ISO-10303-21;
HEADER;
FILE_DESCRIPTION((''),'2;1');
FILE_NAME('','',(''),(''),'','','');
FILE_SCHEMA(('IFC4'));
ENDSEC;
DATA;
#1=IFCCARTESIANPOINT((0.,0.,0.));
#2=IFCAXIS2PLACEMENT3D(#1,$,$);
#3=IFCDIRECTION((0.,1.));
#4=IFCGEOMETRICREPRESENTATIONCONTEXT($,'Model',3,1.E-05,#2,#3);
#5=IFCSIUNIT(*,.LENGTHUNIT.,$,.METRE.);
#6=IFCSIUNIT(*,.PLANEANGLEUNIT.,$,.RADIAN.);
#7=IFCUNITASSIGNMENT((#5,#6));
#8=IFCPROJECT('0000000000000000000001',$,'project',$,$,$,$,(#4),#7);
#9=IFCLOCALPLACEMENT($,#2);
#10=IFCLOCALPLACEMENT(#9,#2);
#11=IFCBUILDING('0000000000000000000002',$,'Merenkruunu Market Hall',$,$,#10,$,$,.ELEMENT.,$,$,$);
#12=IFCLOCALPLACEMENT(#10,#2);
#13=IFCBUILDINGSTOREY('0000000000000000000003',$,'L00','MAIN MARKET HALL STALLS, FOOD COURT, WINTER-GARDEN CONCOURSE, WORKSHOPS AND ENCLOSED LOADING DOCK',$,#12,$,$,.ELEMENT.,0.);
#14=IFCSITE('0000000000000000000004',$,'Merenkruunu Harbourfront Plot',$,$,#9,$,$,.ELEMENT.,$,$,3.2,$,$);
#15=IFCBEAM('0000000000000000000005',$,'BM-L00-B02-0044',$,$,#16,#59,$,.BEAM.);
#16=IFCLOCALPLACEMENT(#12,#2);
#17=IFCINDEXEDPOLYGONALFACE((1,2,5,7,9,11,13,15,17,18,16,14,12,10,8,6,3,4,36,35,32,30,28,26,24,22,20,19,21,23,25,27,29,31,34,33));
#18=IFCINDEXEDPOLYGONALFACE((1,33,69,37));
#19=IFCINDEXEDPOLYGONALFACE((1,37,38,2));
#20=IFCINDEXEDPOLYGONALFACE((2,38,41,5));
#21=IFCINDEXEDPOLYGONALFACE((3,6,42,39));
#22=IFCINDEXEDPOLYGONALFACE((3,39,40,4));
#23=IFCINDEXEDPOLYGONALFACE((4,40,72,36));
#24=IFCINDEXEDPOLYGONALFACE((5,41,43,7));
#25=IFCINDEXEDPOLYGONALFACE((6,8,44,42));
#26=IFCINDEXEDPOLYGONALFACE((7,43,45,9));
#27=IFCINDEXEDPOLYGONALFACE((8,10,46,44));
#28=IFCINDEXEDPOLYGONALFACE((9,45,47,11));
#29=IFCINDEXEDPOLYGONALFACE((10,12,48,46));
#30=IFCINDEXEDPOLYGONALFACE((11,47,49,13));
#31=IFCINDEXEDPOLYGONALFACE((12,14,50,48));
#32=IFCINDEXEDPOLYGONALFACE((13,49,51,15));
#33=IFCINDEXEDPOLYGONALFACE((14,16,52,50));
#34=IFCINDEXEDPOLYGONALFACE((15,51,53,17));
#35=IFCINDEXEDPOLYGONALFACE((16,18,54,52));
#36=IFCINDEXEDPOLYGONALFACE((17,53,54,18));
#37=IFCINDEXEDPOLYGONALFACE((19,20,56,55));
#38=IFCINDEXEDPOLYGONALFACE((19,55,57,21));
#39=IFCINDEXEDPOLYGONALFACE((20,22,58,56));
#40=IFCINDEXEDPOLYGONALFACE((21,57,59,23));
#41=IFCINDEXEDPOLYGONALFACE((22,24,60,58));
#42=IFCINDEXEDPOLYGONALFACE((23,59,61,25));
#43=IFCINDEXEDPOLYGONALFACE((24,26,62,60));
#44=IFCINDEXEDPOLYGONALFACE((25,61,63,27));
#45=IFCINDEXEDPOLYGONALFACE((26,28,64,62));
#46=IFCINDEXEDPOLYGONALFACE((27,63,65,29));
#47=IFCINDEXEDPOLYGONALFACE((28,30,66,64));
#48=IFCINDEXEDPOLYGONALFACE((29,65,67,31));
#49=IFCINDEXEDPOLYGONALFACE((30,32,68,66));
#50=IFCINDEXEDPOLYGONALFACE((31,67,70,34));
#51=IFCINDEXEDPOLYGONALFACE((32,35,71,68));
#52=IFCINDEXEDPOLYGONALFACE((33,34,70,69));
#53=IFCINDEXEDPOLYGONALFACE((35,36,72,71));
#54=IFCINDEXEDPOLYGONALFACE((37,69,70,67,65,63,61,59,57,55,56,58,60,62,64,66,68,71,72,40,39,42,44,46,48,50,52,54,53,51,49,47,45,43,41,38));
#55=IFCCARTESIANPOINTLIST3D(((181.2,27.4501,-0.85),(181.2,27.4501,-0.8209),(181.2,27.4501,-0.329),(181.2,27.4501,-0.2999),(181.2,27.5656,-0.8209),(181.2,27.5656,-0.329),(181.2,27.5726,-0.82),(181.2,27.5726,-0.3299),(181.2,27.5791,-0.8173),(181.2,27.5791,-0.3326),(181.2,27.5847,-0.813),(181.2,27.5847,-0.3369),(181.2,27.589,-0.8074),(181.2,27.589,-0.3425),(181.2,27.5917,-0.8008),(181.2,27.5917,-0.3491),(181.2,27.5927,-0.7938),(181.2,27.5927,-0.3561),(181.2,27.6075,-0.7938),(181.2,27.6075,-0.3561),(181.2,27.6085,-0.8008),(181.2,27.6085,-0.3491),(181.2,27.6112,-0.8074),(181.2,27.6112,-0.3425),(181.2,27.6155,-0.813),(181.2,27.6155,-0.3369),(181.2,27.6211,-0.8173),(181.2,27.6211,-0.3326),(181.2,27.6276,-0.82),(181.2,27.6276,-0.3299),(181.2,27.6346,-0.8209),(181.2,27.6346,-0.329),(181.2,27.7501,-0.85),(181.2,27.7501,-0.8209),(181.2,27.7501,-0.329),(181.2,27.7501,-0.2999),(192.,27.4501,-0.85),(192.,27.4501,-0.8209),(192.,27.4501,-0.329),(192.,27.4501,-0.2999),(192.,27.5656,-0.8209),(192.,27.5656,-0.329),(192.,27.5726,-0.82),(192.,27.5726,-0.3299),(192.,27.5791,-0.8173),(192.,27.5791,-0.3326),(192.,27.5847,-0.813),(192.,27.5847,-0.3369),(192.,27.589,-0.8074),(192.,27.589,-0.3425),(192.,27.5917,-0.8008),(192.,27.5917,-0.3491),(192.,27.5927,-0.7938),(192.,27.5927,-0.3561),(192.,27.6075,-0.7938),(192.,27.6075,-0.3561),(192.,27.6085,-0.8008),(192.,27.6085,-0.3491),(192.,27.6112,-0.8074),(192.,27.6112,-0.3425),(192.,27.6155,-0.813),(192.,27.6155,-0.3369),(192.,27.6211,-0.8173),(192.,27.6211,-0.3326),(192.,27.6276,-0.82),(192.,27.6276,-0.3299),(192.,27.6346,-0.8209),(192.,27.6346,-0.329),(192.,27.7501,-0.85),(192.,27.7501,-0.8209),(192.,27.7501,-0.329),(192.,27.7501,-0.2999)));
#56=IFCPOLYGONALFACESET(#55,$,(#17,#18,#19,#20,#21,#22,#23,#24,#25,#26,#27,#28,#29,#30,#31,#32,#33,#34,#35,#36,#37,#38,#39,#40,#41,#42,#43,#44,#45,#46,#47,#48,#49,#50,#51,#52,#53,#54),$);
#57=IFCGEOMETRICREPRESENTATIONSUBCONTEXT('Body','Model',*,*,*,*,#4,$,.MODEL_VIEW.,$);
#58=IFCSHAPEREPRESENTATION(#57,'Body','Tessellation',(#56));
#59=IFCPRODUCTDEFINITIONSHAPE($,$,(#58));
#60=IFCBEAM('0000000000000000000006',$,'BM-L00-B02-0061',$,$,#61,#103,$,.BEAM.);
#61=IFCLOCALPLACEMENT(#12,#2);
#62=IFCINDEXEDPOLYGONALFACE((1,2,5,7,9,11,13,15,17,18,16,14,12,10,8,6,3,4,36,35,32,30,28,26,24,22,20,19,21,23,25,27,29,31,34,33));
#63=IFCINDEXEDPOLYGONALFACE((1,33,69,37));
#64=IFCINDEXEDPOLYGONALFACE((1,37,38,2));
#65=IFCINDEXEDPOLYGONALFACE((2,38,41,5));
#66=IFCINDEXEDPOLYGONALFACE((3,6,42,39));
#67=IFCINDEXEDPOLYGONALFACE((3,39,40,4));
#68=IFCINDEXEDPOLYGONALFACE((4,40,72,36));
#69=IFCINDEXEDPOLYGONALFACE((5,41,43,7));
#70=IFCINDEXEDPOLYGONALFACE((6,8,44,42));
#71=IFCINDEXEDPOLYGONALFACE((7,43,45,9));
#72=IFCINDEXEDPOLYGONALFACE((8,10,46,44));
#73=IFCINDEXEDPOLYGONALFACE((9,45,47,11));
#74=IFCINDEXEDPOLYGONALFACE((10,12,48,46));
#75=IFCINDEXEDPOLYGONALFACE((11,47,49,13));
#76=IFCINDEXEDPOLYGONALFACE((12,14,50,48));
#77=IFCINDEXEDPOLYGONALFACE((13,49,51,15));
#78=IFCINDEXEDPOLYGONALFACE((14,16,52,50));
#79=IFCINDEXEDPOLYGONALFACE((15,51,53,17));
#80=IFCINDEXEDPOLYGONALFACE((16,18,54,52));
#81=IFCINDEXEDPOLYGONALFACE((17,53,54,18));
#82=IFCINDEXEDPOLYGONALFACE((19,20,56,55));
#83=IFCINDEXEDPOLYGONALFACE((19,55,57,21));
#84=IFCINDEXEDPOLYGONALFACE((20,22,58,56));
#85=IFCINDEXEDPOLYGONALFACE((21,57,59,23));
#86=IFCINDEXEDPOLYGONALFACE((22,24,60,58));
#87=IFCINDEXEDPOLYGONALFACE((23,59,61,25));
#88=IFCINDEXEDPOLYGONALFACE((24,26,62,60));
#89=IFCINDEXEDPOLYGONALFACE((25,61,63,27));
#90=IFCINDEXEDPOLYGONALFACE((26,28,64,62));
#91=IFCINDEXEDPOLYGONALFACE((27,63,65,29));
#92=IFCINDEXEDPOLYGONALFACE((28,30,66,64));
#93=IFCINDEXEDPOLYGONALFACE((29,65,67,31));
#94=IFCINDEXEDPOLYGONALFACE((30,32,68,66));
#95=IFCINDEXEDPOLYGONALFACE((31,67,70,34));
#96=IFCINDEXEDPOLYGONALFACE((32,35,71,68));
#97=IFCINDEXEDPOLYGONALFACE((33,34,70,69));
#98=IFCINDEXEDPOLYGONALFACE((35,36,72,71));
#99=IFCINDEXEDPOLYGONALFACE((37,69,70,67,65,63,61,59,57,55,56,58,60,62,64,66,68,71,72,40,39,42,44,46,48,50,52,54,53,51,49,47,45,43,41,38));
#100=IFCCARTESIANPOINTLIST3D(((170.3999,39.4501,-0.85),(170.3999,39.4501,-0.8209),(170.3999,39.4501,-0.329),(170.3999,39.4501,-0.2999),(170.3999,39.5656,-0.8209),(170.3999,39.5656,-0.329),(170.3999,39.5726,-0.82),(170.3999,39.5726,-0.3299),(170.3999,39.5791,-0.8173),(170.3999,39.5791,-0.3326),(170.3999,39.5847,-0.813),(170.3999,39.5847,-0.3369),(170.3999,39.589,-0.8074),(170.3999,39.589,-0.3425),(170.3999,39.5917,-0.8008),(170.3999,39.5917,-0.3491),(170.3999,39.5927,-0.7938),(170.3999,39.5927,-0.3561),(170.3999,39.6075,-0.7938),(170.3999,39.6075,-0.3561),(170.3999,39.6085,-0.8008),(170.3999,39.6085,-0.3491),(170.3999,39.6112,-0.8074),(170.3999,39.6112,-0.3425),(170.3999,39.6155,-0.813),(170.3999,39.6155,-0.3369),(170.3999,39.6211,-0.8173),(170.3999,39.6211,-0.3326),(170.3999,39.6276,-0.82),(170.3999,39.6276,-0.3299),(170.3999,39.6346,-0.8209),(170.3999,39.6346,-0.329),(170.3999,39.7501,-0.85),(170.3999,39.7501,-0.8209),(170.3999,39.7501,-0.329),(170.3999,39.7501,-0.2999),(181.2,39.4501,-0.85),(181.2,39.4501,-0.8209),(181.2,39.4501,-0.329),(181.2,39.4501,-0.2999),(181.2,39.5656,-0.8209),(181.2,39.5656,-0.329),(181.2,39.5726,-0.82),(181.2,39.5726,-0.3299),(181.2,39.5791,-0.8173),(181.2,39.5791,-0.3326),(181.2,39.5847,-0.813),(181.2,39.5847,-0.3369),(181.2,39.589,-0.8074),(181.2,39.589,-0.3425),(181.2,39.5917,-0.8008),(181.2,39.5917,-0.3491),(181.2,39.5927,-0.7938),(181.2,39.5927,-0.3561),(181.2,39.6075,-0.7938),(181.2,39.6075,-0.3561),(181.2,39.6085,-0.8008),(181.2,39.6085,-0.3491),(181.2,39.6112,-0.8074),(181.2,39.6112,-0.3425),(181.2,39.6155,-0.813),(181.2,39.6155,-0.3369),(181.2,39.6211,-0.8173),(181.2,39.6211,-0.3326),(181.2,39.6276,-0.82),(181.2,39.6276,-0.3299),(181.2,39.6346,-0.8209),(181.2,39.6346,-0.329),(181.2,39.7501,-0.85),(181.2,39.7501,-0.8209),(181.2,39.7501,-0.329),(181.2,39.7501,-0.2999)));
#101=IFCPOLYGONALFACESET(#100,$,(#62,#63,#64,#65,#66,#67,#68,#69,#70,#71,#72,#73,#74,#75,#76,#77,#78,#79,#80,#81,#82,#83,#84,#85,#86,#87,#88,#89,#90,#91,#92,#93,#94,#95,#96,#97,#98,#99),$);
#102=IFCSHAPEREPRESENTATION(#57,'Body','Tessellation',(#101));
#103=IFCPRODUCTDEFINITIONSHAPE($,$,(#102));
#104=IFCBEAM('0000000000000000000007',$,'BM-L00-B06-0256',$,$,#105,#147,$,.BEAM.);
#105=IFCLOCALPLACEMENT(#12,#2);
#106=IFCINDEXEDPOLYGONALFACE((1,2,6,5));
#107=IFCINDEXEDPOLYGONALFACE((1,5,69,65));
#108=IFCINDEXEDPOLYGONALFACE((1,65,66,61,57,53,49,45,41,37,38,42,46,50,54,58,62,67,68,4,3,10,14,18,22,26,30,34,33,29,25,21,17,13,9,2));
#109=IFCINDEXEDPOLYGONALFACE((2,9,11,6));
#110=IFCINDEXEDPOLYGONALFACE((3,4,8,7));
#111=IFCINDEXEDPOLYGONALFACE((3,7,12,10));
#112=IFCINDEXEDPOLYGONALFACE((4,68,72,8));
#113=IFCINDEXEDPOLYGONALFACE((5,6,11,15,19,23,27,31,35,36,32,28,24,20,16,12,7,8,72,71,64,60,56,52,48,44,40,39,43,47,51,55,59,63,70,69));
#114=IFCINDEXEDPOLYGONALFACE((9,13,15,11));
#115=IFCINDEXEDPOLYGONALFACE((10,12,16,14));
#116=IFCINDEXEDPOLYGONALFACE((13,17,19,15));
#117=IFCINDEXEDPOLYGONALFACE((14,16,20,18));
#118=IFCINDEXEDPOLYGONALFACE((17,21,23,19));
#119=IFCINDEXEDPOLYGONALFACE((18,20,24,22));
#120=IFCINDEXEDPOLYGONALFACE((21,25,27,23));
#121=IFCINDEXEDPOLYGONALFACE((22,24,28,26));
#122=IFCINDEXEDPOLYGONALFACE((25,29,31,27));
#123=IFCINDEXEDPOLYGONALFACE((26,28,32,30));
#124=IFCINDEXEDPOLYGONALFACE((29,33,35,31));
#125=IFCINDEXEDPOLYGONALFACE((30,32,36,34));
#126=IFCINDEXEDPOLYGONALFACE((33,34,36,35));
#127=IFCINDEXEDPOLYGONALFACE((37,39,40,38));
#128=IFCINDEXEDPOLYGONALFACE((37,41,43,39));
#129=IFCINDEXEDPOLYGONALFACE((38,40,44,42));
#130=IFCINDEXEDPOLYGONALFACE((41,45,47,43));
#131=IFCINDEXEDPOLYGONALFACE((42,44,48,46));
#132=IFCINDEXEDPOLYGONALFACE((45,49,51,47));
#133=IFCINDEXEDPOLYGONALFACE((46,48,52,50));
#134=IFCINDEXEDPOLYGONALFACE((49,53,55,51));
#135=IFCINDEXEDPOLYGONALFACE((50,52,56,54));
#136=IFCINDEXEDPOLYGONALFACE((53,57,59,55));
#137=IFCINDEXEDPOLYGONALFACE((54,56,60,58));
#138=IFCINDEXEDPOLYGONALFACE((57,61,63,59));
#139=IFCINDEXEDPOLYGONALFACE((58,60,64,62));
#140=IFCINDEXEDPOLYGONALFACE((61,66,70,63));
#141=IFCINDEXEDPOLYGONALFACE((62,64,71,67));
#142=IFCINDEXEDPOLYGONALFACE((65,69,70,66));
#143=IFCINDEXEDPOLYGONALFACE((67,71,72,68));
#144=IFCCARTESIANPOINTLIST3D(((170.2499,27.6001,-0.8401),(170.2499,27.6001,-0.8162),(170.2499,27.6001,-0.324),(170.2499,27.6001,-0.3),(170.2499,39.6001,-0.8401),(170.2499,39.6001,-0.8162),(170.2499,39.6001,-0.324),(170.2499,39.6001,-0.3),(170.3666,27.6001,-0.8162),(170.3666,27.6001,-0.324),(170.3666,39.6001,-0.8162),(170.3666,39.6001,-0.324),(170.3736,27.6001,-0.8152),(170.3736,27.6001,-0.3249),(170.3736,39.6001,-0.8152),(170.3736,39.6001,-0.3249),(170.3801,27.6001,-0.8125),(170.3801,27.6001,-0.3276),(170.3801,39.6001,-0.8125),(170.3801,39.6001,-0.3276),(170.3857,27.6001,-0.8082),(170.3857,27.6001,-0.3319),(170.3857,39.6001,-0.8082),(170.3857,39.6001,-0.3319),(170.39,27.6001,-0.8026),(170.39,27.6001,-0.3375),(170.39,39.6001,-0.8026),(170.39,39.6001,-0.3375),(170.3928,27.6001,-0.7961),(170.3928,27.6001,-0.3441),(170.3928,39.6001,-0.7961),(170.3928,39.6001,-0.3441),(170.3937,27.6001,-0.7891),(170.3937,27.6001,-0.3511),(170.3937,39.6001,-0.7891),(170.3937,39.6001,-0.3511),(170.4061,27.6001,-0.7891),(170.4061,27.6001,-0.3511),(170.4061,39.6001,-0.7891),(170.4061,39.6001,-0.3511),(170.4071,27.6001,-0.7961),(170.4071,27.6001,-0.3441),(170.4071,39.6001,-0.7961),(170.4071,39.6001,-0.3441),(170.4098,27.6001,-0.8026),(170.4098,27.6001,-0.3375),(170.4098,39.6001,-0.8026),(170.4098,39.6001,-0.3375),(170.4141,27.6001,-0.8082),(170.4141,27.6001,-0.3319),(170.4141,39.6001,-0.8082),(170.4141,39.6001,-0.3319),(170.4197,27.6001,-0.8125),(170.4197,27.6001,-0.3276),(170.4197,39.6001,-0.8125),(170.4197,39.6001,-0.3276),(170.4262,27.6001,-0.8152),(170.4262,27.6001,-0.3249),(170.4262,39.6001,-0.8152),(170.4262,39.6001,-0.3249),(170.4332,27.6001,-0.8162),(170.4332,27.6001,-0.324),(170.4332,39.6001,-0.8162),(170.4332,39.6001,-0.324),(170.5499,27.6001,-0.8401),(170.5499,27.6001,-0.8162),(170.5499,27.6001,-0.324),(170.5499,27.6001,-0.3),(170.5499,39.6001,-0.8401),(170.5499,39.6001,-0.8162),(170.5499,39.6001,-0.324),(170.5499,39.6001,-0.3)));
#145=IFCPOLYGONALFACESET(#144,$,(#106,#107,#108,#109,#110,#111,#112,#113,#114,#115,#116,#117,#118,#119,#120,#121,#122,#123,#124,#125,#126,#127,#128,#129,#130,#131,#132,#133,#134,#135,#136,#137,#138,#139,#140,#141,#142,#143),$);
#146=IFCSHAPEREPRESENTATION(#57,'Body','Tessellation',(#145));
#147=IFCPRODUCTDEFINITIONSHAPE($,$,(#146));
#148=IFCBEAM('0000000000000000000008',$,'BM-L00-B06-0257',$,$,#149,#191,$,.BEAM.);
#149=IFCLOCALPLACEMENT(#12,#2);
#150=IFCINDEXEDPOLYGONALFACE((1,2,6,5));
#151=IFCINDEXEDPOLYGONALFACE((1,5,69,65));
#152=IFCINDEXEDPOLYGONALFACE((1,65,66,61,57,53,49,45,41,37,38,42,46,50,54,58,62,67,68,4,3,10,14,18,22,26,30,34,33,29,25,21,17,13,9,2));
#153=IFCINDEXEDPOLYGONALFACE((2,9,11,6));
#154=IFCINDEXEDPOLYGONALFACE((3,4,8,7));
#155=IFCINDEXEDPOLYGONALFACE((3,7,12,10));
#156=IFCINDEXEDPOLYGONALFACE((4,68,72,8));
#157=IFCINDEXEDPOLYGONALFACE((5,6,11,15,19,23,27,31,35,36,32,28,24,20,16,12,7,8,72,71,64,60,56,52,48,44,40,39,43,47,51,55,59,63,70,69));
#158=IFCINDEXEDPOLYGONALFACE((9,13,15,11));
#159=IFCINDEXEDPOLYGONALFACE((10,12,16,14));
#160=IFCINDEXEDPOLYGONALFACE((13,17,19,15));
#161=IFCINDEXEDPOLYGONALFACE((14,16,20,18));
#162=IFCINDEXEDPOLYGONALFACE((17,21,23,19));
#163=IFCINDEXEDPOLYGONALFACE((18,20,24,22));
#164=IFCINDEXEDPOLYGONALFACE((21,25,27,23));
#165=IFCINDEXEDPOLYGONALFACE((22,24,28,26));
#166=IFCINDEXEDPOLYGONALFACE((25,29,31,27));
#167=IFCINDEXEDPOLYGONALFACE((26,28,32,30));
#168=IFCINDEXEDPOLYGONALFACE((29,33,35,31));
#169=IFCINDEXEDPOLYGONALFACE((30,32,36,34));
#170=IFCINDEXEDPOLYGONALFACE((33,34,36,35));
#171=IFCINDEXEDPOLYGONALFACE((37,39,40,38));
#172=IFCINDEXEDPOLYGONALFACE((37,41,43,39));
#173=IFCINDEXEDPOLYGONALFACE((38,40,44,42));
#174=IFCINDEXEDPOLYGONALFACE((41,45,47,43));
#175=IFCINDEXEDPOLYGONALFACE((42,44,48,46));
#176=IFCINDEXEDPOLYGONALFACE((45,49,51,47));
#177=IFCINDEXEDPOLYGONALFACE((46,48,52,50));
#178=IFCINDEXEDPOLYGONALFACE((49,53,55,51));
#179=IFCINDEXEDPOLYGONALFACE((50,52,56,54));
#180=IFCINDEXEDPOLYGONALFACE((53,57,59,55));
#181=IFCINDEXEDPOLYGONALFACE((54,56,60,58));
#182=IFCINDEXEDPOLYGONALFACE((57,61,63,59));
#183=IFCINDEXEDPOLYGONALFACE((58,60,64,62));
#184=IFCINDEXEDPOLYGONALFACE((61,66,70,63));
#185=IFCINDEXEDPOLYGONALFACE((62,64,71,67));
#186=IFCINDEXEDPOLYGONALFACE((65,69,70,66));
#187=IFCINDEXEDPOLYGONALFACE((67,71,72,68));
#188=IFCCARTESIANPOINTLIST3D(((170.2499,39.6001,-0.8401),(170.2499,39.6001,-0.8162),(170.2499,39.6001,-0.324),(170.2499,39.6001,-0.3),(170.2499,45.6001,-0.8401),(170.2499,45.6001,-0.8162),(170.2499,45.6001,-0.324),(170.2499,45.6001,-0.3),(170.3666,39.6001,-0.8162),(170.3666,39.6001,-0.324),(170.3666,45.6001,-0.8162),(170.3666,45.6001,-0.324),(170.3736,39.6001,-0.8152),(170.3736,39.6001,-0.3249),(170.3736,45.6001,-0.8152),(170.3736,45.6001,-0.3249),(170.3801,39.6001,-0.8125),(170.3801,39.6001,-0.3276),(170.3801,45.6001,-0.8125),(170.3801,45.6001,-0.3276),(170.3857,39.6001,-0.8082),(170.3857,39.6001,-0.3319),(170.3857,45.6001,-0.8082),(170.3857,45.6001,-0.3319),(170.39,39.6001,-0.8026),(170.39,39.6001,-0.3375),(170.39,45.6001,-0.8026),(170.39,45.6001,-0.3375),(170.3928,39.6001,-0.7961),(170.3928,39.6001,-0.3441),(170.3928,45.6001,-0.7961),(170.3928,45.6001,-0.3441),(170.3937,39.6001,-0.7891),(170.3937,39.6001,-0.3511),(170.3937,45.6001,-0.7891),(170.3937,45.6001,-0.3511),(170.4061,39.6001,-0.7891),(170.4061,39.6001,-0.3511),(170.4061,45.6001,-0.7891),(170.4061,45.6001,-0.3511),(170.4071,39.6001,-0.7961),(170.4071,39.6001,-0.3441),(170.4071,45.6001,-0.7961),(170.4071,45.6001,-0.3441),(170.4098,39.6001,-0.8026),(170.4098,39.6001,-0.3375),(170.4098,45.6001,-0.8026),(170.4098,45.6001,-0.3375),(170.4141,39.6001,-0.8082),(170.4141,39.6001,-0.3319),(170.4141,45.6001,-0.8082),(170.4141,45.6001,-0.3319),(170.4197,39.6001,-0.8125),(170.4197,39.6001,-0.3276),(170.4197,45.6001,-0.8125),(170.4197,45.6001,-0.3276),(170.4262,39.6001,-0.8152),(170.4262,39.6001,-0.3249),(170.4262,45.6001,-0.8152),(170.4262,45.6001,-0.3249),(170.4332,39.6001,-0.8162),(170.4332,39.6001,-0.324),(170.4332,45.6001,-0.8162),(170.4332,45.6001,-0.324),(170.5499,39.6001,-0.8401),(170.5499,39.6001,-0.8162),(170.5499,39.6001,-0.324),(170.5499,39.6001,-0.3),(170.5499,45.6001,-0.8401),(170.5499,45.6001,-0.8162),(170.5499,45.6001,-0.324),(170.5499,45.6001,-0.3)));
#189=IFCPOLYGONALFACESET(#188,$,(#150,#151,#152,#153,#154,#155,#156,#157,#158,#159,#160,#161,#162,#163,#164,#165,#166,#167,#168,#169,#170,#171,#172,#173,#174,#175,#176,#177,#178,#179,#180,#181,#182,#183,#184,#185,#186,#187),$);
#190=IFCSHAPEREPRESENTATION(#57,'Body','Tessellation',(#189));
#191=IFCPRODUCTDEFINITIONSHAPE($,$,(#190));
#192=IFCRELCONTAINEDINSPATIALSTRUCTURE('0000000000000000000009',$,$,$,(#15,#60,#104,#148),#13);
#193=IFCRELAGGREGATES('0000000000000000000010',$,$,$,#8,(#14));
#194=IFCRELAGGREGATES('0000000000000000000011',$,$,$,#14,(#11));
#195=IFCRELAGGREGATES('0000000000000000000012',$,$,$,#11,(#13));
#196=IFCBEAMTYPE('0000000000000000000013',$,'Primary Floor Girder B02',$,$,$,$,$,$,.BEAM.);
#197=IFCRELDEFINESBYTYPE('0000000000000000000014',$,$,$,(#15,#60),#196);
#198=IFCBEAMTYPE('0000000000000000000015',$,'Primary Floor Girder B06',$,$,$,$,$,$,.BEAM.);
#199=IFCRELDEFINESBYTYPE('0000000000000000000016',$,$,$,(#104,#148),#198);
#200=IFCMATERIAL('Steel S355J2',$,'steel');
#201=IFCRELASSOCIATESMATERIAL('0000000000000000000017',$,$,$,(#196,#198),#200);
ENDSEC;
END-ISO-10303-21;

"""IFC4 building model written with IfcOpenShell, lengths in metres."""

from ifc_helpers import new_model, si_unit, direction, frame, origin, origin_2d, place, context, subcontext, project, spatial, i_section, extrude, material, material_profile, profile_set, type_object, element, save


model = new_model("IFC4")

# Units and contexts
model_context = context("Model", 3, precision=1e-05, world=origin(), true_north=direction((0.0, 1.0)))
body_context = subcontext(model_context, "Body", "Model", "MODEL_VIEW")
ifc_project = project(units=[si_unit("LENGTHUNIT", "METRE"), si_unit("PLANEANGLEUNIT", "RADIAN")], contexts=[model_context])

# Site, building, storey
site_placement = place(None, origin())
site = spatial("IfcSite", under=ifc_project, at=site_placement, Name="Merenkruunu Harbourfront Plot", CompositionType="ELEMENT", RefElevation=3.2)
building_placement = place(site_placement, origin())
building = spatial("IfcBuilding", under=site, at=building_placement, Name="Merenkruunu Market Hall", CompositionType="ELEMENT")
storey_placement = place(building_placement, origin())
storey = spatial("IfcBuildingStorey", under=building, at=storey_placement, Name="L00", Description="MAIN MARKET HALL STALLS, FOOD COURT, WINTER-GARDEN CONCOURSE, WORKSHOPS AND ENCLOSED LOADING DOCK", CompositionType="ELEMENT", Elevation=0.0)

# Beams
ifc_material_1 = material(Name="Steel S355J2", Category="steel")
ifc_material_profile_1 = material_profile(ifc_material_1, i_section(OverallWidth=0.3, OverallDepth=0.55, WebThickness=0.0149, FlangeThickness=0.0291, FilletRadius=0.0271, at=origin_2d()), Name="HEB 550")
ifc_profile_set_1 = profile_set([ifc_material_profile_1], Name="Steel S355J2")
beam_type_1 = type_object("IfcBeamType", Name="Primary Floor Girder B02", PredefinedType="BEAM", material=ifc_profile_set_1)
for number, where, z_axis, x_axis, name in (
    (1, (181.2, 27.6001, -0.575), (1.0, 0.0, 0.0), (0.0, 1.0, 0.0), "BM-L00-B02-0044"),
    (2, (170.3999, 39.6001, -0.575), (1.0, 0.0, 0.0), (0.0, 1.0, 0.0), "BM-L00-B02-0061"),
):
    element("IfcBeam", number, at=place(storey_placement, frame(where, z_axis=z_axis, x_axis=x_axis)), inside=storey, type_object=beam_type_1, Name=name, PredefinedType="BEAM", context=body_context, shape_type="SweptSolid", body=[
        extrude(i_section(OverallWidth=0.3, OverallDepth=0.55, WebThickness=0.0149, FlangeThickness=0.0291, FilletRadius=0.0271, at=origin_2d()), origin(), (0.0, 0.0, 1.0), 10.8),
    ])
ifc_material_profile_2 = material_profile(ifc_material_1, i_section(OverallWidth=0.3, OverallDepth=0.54, WebThickness=0.0125, FlangeThickness=0.0239, FilletRadius=0.0271, at=origin_2d()), Name="HEA 550")
ifc_profile_set_2 = profile_set([ifc_material_profile_2], Name="Steel S355J2")
beam_type_2 = type_object("IfcBeamType", Name="Primary Floor Girder B06", PredefinedType="BEAM", material=ifc_profile_set_2)
beam_1_placement = place(storey_placement, frame((170.3999, 27.6001, -0.5701), z_axis=(0.0, 1.0, 0.0), x_axis=(-1.0, 0.0, 0.0)))
element("IfcBeam", 3, at=beam_1_placement, inside=storey, type_object=beam_type_2, Name="BM-L00-B06-0256", PredefinedType="BEAM", context=body_context, shape_type="SweptSolid", body=[
    extrude(i_section(OverallWidth=0.3, OverallDepth=0.54, WebThickness=0.0125, FlangeThickness=0.0239, FilletRadius=0.0271, at=origin_2d()), origin(), (0.0, 0.0, 1.0), 12.0),
])
beam_2_placement = place(storey_placement, frame((170.3999, 39.6001, -0.5701), z_axis=(0.0, 1.0, 0.0), x_axis=(-1.0, 0.0, 0.0)))
element("IfcBeam", 4, at=beam_2_placement, inside=storey, type_object=beam_type_2, Name="BM-L00-B06-0257", PredefinedType="BEAM", context=body_context, shape_type="SweptSolid", body=[
    extrude(i_section(OverallWidth=0.3, OverallDepth=0.54, WebThickness=0.0125, FlangeThickness=0.0239, FilletRadius=0.0271, at=origin_2d()), origin(), (0.0, 0.0, 1.0), 6.0),
])

save(model, "model.ifc")
